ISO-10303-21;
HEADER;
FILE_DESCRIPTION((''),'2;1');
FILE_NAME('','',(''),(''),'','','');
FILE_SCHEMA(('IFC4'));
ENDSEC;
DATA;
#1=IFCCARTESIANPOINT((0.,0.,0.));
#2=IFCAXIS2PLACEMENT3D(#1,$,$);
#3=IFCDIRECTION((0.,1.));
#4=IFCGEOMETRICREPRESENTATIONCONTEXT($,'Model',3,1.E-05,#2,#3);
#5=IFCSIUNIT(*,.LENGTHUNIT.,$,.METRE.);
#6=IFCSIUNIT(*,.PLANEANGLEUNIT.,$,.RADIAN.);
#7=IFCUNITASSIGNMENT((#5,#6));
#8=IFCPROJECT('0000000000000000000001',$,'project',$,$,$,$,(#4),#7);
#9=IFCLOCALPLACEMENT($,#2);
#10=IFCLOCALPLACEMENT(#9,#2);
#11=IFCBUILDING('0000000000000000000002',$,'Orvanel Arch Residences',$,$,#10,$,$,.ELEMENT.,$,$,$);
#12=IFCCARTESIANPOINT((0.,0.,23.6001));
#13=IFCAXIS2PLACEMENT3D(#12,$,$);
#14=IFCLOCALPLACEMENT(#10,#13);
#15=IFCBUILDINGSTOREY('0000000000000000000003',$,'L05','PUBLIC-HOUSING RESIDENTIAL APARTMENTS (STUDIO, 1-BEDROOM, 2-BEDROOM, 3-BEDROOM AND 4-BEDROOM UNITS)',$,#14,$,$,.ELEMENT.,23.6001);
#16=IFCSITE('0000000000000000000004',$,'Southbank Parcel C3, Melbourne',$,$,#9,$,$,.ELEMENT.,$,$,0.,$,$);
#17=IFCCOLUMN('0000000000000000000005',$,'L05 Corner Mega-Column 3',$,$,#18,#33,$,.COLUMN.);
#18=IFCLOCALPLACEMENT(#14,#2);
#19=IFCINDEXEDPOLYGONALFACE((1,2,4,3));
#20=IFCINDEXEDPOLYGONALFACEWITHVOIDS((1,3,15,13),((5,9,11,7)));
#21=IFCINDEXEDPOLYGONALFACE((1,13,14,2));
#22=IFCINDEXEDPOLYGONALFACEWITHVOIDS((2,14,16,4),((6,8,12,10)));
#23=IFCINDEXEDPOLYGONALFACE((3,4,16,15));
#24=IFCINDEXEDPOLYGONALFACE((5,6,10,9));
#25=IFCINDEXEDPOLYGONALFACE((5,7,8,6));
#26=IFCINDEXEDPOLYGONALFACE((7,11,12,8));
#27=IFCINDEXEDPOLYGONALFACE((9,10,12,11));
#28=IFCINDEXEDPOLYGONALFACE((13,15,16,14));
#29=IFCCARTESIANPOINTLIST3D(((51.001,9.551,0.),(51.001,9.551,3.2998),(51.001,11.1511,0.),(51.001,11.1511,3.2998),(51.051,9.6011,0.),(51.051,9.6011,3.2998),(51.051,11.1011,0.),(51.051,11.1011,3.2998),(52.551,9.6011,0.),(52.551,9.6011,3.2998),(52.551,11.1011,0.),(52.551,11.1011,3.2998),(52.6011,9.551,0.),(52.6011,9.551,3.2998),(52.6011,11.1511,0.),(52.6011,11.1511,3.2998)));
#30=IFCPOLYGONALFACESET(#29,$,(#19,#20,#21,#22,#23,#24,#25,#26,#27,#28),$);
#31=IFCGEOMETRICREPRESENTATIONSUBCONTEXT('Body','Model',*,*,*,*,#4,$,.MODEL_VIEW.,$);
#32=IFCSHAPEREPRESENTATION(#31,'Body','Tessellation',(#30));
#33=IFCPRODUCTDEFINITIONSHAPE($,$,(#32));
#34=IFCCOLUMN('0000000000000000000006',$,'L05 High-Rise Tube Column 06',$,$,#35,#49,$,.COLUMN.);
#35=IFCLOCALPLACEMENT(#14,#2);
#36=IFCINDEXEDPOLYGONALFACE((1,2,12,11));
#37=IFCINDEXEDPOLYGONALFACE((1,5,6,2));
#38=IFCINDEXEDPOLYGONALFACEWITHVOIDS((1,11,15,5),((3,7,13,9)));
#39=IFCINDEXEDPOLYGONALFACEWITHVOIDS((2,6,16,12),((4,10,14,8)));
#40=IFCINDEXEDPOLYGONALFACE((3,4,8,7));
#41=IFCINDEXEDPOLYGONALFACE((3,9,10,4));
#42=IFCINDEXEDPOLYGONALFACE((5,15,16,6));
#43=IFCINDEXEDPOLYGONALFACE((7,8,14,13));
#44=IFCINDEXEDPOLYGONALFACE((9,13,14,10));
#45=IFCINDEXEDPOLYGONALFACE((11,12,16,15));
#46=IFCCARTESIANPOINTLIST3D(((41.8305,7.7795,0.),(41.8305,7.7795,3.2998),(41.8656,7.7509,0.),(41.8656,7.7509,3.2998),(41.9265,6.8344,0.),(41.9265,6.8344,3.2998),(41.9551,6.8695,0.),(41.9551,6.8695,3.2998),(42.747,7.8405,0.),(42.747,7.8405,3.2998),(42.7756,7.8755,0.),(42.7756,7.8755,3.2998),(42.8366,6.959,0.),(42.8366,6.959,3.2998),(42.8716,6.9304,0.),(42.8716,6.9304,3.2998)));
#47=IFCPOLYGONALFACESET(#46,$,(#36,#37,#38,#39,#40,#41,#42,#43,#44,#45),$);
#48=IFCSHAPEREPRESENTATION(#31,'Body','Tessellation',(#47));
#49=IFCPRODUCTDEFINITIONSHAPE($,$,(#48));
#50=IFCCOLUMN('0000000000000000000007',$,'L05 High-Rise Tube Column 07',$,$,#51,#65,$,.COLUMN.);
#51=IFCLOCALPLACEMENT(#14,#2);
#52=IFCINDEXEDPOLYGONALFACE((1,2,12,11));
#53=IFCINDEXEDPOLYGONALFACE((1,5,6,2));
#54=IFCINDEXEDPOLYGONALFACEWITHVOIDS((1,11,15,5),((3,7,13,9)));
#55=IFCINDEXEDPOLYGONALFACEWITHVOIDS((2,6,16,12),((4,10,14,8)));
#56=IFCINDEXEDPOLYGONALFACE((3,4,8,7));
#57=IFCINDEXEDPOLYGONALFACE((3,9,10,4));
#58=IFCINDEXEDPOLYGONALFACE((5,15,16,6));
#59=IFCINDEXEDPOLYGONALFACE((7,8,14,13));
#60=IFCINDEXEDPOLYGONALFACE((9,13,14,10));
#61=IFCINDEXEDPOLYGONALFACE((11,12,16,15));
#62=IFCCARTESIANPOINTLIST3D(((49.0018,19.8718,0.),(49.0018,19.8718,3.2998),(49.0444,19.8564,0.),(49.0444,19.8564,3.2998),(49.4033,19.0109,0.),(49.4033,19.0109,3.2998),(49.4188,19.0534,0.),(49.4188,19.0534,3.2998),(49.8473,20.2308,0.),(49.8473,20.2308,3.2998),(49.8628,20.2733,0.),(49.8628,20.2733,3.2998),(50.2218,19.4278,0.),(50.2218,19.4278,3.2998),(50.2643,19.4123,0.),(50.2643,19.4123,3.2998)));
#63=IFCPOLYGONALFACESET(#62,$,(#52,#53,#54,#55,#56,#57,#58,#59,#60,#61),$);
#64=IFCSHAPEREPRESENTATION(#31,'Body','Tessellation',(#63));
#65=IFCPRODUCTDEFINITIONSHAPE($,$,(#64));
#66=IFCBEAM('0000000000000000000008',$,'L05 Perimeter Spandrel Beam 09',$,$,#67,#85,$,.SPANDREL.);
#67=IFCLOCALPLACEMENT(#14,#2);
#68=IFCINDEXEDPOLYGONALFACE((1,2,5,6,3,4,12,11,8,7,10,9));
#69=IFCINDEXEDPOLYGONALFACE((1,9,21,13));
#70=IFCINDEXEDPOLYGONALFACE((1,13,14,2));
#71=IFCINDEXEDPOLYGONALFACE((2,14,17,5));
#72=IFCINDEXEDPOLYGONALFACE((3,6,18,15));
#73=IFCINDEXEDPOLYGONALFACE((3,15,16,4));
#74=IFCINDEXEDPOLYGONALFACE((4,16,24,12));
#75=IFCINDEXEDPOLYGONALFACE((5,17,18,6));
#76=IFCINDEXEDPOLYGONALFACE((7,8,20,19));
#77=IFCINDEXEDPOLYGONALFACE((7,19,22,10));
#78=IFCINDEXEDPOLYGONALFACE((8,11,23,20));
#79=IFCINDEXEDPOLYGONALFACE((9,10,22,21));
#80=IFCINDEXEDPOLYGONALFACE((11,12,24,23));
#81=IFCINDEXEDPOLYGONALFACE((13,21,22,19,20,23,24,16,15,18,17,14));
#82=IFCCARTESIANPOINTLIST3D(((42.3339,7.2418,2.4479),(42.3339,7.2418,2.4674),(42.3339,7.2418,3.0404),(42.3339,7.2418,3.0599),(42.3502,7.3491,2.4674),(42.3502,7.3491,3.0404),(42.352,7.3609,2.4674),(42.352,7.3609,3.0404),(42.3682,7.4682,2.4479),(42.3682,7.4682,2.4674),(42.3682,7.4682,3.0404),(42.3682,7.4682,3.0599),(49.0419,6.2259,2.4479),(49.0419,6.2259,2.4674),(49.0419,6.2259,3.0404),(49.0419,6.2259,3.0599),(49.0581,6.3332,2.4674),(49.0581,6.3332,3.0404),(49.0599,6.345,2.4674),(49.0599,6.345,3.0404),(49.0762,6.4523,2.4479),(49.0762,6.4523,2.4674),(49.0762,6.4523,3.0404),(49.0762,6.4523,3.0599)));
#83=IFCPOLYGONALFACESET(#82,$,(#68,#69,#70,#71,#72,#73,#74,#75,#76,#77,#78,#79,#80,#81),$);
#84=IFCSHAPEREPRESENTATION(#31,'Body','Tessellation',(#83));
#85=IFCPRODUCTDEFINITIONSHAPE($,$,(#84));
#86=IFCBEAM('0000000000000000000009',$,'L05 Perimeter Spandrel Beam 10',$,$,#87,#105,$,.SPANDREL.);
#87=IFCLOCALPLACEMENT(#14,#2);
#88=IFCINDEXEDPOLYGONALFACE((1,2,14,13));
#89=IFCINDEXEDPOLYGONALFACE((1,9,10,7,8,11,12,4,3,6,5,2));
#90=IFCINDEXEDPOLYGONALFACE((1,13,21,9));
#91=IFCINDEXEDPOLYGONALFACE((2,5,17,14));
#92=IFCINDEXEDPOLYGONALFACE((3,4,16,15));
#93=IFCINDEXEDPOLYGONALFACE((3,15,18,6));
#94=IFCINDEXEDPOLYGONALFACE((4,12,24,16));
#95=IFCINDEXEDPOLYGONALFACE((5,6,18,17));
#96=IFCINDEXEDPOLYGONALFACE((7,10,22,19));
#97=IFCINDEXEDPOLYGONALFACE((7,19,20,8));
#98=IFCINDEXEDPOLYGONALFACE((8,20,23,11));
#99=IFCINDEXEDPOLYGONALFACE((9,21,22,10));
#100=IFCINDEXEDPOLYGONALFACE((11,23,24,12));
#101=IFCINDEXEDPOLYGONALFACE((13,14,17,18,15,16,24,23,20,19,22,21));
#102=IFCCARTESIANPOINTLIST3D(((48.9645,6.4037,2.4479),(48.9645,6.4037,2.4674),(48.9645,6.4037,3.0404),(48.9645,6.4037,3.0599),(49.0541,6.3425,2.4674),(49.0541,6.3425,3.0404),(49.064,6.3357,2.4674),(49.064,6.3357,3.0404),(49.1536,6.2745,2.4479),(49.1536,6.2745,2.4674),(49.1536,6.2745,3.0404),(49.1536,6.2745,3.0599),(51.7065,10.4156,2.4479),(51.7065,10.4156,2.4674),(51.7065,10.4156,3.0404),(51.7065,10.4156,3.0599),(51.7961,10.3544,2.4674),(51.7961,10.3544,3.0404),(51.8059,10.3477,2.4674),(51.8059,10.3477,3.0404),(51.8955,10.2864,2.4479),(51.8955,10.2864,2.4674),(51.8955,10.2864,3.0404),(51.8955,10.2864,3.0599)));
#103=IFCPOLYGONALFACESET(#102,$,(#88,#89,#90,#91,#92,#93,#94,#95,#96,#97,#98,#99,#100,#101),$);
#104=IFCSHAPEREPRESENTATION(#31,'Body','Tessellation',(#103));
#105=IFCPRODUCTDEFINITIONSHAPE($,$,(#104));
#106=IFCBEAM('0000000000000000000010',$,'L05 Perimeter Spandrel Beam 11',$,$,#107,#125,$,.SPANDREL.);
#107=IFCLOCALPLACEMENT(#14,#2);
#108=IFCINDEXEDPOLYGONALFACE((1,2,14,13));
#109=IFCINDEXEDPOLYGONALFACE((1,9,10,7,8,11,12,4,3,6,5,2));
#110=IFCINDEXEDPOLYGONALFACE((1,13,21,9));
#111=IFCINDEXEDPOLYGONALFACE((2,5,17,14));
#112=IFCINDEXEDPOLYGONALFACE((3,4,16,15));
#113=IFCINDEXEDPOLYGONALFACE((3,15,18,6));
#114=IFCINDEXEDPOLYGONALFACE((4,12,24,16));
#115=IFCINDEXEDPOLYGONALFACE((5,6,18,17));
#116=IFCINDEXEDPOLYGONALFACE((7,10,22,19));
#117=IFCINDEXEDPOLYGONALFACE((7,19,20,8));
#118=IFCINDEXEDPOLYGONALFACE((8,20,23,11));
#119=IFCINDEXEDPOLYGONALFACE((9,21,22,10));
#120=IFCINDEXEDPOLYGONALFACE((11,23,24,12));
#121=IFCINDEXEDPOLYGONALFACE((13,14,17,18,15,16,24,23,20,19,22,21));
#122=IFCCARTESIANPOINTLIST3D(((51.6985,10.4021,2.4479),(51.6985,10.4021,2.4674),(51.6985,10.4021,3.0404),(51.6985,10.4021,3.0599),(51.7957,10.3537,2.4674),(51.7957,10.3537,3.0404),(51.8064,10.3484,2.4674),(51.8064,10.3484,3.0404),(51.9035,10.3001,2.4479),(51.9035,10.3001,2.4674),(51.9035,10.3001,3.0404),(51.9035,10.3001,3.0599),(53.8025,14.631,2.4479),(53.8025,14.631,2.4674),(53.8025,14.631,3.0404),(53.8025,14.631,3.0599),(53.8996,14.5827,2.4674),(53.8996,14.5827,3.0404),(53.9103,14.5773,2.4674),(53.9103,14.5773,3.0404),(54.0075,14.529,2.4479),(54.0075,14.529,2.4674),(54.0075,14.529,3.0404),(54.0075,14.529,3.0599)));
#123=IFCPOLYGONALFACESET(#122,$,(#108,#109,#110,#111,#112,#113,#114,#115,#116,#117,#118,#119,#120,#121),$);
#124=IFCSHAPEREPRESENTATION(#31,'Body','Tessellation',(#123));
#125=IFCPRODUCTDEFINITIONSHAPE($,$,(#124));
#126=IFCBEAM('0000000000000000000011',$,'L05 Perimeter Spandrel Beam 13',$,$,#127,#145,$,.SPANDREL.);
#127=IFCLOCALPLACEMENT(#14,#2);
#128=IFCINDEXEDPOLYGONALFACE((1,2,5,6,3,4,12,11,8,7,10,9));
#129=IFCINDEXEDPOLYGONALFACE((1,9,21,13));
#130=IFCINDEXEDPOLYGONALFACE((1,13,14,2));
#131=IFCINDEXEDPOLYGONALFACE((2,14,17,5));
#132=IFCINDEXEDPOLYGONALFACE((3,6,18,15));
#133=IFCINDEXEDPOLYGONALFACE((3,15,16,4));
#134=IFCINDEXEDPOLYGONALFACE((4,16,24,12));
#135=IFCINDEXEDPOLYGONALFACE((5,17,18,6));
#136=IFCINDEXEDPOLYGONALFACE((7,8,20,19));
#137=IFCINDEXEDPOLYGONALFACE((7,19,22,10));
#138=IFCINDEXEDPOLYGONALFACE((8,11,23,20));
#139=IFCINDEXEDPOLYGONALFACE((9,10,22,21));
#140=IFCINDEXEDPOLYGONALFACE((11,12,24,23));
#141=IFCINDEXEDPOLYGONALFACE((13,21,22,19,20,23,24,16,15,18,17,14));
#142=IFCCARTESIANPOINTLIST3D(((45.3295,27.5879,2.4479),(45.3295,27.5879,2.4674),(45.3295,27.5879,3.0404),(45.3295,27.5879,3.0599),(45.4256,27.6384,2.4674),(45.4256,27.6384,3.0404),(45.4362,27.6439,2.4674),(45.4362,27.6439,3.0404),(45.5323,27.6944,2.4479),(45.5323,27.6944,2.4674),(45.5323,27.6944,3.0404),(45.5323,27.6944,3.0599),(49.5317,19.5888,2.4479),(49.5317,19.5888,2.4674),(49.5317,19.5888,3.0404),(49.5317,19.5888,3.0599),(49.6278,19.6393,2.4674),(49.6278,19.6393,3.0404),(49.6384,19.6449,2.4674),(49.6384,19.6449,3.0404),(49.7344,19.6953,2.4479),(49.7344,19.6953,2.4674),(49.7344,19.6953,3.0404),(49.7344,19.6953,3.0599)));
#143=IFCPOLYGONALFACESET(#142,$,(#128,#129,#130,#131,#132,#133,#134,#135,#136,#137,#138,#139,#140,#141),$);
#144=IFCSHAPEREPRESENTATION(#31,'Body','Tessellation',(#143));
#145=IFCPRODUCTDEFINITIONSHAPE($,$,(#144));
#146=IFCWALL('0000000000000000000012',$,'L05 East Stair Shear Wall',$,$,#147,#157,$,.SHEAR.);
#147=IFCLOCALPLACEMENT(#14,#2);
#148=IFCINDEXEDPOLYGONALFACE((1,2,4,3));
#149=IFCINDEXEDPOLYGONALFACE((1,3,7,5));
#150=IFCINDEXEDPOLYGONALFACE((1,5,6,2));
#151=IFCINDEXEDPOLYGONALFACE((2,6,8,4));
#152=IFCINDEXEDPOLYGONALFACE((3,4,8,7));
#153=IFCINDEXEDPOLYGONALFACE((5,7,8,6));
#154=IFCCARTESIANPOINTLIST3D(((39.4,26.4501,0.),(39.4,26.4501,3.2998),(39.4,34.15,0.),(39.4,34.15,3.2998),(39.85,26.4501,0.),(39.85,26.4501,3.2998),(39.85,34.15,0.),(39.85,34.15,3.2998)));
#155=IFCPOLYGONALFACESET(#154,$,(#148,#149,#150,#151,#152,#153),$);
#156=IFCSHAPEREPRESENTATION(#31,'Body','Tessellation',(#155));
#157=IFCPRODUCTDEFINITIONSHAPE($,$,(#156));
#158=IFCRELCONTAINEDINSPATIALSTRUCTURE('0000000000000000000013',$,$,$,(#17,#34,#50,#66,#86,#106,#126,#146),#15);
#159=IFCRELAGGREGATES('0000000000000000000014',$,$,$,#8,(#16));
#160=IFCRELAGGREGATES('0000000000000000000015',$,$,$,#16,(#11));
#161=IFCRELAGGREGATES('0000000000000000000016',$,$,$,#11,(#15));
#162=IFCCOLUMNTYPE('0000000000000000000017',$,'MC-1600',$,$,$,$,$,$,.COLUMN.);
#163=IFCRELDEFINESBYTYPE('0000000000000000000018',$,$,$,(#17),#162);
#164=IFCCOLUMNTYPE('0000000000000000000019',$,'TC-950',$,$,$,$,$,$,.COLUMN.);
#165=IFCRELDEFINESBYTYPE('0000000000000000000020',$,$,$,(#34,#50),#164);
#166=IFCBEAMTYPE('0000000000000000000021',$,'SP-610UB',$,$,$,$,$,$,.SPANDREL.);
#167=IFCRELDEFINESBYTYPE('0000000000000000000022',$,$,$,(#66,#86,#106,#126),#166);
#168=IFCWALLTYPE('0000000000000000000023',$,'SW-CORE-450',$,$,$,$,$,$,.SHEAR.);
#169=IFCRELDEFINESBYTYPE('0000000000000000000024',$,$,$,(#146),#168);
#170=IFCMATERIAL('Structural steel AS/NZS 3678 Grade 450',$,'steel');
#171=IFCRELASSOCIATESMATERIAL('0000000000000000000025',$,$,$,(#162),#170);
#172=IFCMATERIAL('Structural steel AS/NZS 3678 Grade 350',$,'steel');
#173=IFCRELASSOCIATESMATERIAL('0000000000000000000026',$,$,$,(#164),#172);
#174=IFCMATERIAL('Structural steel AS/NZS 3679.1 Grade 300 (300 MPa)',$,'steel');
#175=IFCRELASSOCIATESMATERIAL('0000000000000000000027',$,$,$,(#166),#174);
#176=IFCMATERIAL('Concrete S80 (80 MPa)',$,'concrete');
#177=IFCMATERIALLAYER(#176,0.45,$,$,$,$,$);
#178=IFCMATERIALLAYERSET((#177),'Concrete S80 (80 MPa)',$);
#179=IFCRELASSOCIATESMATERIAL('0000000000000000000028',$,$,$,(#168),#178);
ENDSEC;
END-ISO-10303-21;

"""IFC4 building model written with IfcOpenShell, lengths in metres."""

from ifc_helpers import new_model, si_unit, direction, frame, frame_2d, origin, origin_2d, place, context, subcontext, project, spatial, rectangle, hollow_rectangle, i_section, extrude, material, layer, layer_set, material_profile, profile_set, type_object, element, save


model = new_model("IFC4")

# Units and contexts
model_context = context("Model", 3, precision=1e-05, world=origin(), true_north=direction((0.0, 1.0)))
body_context = subcontext(model_context, "Body", "Model", "MODEL_VIEW")
ifc_project = project(units=[si_unit("LENGTHUNIT", "METRE"), si_unit("PLANEANGLEUNIT", "RADIAN")], contexts=[model_context])

# Site, building, storey
site_placement = place(None, origin())
site = spatial("IfcSite", under=ifc_project, at=site_placement, Name="Southbank Parcel C3, Melbourne", CompositionType="ELEMENT", RefElevation=0.0)
building_placement = place(site_placement, origin())
building = spatial("IfcBuilding", under=site, at=building_placement, Name="Orvanel Arch Residences", CompositionType="ELEMENT")
storey_placement = place(building_placement, frame((0.0, 0.0, 23.6001)))
storey = spatial("IfcBuildingStorey", under=building, at=storey_placement, Name="L05", Description="PUBLIC-HOUSING RESIDENTIAL APARTMENTS (STUDIO, 1-BEDROOM, 2-BEDROOM, 3-BEDROOM AND 4-BEDROOM UNITS)", CompositionType="ELEMENT", Elevation=23.6001)

# Columns
ifc_material_1 = material(Name="Structural steel AS/NZS 3678 Grade 450", Category="steel")
ifc_material_profile_1 = material_profile(ifc_material_1, hollow_rectangle(XDim=1.6001, YDim=1.6001, WallThickness=0.05, at=origin_2d()), Name="BOX1600x1600x50")
ifc_profile_set_1 = profile_set([ifc_material_profile_1], Name="Structural steel AS/NZS 3678 Grade 450")
column_type_1 = type_object("IfcColumnType", Name="MC-1600", PredefinedType="COLUMN", material=ifc_profile_set_1)
column_placement = place(storey_placement, frame((51.801, 10.3511, 0.0), z_axis=(0.0, 0.0, 1.0), x_axis=(1.0, 0.0, 0.0)))
element("IfcColumn", 1, at=column_placement, inside=storey, type_object=column_type_1, Name="L05 Corner Mega-Column 3", PredefinedType="COLUMN", context=body_context, shape_type="SweptSolid", body=[
    extrude(hollow_rectangle(XDim=1.6001, YDim=1.6001, WallThickness=0.05, at=origin_2d()), origin(), (0.0, 0.0, 1.0), 3.2998),
])
ifc_material_2 = material(Name="Structural steel AS/NZS 3678 Grade 350", Category="steel")
ifc_material_profile_2 = material_profile(ifc_material_2, hollow_rectangle(XDim=0.95, YDim=0.95, WallThickness=0.032, at=origin_2d()), Name="BOX950x950x32")
ifc_profile_set_2 = profile_set([ifc_material_profile_2], Name="Structural steel AS/NZS 3678 Grade 350")
column_type_2 = type_object("IfcColumnType", Name="TC-950", PredefinedType="COLUMN", material=ifc_profile_set_2)
for number, where, z_axis, x_axis, name in (
    (2, (42.3511, 7.355, 0.0), (0.0, 0.0, 1.0), (0.994881, 0.101056, 0.0), "L05 High-Rise Tube Column 06"),
    (3, (49.6331, 19.6421, 0.0), (0.0, 0.0, 1.0), (-0.422618, 0.906308, 0.0), "L05 High-Rise Tube Column 07"),
):
    element("IfcColumn", number, at=place(storey_placement, frame(where, z_axis=z_axis, x_axis=x_axis)), inside=storey, type_object=column_type_2, Name=name, PredefinedType="COLUMN", context=body_context, shape_type="SweptSolid", body=[
        extrude(hollow_rectangle(XDim=0.95, YDim=0.95, WallThickness=0.032, at=origin_2d()), origin(), (0.0, 0.0, 1.0), 3.2998),
    ])

# Beams
ifc_material_3 = material(Name="Structural steel AS/NZS 3679.1 Grade 300 (300 MPa)", Category="steel")
ifc_material_profile_3 = material_profile(ifc_material_3, i_section(OverallWidth=0.229, OverallDepth=0.6121, WebThickness=0.012, FlangeThickness=0.0195, at=origin_2d()), Name="610UB125")
ifc_profile_set_3 = profile_set([ifc_material_profile_3], Name="Structural steel AS/NZS 3679.1 Grade 300 (300 MPa)")
beam_type = type_object("IfcBeamType", Name="SP-610UB", PredefinedType="SPANDREL", material=ifc_profile_set_3)
beam_1_placement = place(storey_placement, frame((42.3511, 7.355, 2.7539), z_axis=(0.988726, -0.149734, 0.0), x_axis=(0.149734, 0.988726, 0.0)))
element("IfcBeam", 4, at=beam_1_placement, inside=storey, type_object=beam_type, Name="L05 Perimeter Spandrel Beam 09", PredefinedType="SPANDREL", context=body_context, shape_type="SweptSolid", body=[
    extrude(i_section(OverallWidth=0.229, OverallDepth=0.6121, WebThickness=0.012, FlangeThickness=0.0195, at=origin_2d()), origin(), (0.0, 0.0, 1.0), 6.7844),
])
beam_2_placement = place(storey_placement, frame((49.0591, 6.3391, 2.7539), z_axis=(0.564252, 0.825603, 0.0), x_axis=(-0.825603, 0.564252, 0.0)))
element("IfcBeam", 5, at=beam_2_placement, inside=storey, type_object=beam_type, Name="L05 Perimeter Spandrel Beam 10", PredefinedType="SPANDREL", context=body_context, shape_type="SweptSolid", body=[
    extrude(i_section(OverallWidth=0.229, OverallDepth=0.6121, WebThickness=0.012, FlangeThickness=0.0195, at=origin_2d()), origin(), (0.0, 0.0, 1.0), 4.8594),
])
beam_3_placement = place(storey_placement, frame((51.801, 10.3511, 2.7539), z_axis=(0.445435, 0.895314, 0.0), x_axis=(-0.895314, 0.445435, 0.0)))
element("IfcBeam", 6, at=beam_3_placement, inside=storey, type_object=beam_type, Name="L05 Perimeter Spandrel Beam 11", PredefinedType="SPANDREL", context=body_context, shape_type="SweptSolid", body=[
    extrude(i_section(OverallWidth=0.229, OverallDepth=0.6121, WebThickness=0.012, FlangeThickness=0.0195, at=origin_2d()), origin(), (0.0, 0.0, 1.0), 4.7234),
])
beam_4_placement = place(storey_placement, frame((49.6331, 19.6421, 2.7539), z_axis=(-0.465065, 0.885277, 0.0), x_axis=(-0.885277, -0.465065, 0.0)))
element("IfcBeam", 7, at=beam_4_placement, inside=storey, type_object=beam_type, Name="L05 Perimeter Spandrel Beam 13", PredefinedType="SPANDREL", context=body_context, shape_type="SweptSolid", body=[
    extrude(i_section(OverallWidth=0.229, OverallDepth=0.6121, WebThickness=0.012, FlangeThickness=0.0195, at=origin_2d()), origin(), (0.0, 0.0, 1.0), 9.0356),
])

# Shared definitions
ifc_material_4 = material(Name="Concrete S80 (80 MPa)", Category="concrete")

# Wall
ifc_layer_1 = layer(ifc_material_4, 0.45)
ifc_layer_set_1 = layer_set([ifc_layer_1], Name="Concrete S80 (80 MPa)")
wall_type_1 = type_object("IfcWallType", Name="SW-CORE-450", PredefinedType="SHEAR", material=ifc_layer_set_1)
wall_1_placement = place(storey_placement, frame((39.625, 26.45, 0.0), z_axis=(0.0, 0.0, 1.0), x_axis=(0.0, 1.0, 0.0)))
element("IfcWall", 8, at=wall_1_placement, inside=storey, type_object=wall_type_1, Name="L05 East Stair Shear Wall", PredefinedType="SHEAR", context=body_context, shape_type="SweptSolid", body=[
    extrude(rectangle(XDim=7.7, YDim=0.45, at=frame_2d((3.8501, 0.0))), origin(), (0.0, 0.0, 1.0), 3.2998),
])

save(model, "model.ifc")
